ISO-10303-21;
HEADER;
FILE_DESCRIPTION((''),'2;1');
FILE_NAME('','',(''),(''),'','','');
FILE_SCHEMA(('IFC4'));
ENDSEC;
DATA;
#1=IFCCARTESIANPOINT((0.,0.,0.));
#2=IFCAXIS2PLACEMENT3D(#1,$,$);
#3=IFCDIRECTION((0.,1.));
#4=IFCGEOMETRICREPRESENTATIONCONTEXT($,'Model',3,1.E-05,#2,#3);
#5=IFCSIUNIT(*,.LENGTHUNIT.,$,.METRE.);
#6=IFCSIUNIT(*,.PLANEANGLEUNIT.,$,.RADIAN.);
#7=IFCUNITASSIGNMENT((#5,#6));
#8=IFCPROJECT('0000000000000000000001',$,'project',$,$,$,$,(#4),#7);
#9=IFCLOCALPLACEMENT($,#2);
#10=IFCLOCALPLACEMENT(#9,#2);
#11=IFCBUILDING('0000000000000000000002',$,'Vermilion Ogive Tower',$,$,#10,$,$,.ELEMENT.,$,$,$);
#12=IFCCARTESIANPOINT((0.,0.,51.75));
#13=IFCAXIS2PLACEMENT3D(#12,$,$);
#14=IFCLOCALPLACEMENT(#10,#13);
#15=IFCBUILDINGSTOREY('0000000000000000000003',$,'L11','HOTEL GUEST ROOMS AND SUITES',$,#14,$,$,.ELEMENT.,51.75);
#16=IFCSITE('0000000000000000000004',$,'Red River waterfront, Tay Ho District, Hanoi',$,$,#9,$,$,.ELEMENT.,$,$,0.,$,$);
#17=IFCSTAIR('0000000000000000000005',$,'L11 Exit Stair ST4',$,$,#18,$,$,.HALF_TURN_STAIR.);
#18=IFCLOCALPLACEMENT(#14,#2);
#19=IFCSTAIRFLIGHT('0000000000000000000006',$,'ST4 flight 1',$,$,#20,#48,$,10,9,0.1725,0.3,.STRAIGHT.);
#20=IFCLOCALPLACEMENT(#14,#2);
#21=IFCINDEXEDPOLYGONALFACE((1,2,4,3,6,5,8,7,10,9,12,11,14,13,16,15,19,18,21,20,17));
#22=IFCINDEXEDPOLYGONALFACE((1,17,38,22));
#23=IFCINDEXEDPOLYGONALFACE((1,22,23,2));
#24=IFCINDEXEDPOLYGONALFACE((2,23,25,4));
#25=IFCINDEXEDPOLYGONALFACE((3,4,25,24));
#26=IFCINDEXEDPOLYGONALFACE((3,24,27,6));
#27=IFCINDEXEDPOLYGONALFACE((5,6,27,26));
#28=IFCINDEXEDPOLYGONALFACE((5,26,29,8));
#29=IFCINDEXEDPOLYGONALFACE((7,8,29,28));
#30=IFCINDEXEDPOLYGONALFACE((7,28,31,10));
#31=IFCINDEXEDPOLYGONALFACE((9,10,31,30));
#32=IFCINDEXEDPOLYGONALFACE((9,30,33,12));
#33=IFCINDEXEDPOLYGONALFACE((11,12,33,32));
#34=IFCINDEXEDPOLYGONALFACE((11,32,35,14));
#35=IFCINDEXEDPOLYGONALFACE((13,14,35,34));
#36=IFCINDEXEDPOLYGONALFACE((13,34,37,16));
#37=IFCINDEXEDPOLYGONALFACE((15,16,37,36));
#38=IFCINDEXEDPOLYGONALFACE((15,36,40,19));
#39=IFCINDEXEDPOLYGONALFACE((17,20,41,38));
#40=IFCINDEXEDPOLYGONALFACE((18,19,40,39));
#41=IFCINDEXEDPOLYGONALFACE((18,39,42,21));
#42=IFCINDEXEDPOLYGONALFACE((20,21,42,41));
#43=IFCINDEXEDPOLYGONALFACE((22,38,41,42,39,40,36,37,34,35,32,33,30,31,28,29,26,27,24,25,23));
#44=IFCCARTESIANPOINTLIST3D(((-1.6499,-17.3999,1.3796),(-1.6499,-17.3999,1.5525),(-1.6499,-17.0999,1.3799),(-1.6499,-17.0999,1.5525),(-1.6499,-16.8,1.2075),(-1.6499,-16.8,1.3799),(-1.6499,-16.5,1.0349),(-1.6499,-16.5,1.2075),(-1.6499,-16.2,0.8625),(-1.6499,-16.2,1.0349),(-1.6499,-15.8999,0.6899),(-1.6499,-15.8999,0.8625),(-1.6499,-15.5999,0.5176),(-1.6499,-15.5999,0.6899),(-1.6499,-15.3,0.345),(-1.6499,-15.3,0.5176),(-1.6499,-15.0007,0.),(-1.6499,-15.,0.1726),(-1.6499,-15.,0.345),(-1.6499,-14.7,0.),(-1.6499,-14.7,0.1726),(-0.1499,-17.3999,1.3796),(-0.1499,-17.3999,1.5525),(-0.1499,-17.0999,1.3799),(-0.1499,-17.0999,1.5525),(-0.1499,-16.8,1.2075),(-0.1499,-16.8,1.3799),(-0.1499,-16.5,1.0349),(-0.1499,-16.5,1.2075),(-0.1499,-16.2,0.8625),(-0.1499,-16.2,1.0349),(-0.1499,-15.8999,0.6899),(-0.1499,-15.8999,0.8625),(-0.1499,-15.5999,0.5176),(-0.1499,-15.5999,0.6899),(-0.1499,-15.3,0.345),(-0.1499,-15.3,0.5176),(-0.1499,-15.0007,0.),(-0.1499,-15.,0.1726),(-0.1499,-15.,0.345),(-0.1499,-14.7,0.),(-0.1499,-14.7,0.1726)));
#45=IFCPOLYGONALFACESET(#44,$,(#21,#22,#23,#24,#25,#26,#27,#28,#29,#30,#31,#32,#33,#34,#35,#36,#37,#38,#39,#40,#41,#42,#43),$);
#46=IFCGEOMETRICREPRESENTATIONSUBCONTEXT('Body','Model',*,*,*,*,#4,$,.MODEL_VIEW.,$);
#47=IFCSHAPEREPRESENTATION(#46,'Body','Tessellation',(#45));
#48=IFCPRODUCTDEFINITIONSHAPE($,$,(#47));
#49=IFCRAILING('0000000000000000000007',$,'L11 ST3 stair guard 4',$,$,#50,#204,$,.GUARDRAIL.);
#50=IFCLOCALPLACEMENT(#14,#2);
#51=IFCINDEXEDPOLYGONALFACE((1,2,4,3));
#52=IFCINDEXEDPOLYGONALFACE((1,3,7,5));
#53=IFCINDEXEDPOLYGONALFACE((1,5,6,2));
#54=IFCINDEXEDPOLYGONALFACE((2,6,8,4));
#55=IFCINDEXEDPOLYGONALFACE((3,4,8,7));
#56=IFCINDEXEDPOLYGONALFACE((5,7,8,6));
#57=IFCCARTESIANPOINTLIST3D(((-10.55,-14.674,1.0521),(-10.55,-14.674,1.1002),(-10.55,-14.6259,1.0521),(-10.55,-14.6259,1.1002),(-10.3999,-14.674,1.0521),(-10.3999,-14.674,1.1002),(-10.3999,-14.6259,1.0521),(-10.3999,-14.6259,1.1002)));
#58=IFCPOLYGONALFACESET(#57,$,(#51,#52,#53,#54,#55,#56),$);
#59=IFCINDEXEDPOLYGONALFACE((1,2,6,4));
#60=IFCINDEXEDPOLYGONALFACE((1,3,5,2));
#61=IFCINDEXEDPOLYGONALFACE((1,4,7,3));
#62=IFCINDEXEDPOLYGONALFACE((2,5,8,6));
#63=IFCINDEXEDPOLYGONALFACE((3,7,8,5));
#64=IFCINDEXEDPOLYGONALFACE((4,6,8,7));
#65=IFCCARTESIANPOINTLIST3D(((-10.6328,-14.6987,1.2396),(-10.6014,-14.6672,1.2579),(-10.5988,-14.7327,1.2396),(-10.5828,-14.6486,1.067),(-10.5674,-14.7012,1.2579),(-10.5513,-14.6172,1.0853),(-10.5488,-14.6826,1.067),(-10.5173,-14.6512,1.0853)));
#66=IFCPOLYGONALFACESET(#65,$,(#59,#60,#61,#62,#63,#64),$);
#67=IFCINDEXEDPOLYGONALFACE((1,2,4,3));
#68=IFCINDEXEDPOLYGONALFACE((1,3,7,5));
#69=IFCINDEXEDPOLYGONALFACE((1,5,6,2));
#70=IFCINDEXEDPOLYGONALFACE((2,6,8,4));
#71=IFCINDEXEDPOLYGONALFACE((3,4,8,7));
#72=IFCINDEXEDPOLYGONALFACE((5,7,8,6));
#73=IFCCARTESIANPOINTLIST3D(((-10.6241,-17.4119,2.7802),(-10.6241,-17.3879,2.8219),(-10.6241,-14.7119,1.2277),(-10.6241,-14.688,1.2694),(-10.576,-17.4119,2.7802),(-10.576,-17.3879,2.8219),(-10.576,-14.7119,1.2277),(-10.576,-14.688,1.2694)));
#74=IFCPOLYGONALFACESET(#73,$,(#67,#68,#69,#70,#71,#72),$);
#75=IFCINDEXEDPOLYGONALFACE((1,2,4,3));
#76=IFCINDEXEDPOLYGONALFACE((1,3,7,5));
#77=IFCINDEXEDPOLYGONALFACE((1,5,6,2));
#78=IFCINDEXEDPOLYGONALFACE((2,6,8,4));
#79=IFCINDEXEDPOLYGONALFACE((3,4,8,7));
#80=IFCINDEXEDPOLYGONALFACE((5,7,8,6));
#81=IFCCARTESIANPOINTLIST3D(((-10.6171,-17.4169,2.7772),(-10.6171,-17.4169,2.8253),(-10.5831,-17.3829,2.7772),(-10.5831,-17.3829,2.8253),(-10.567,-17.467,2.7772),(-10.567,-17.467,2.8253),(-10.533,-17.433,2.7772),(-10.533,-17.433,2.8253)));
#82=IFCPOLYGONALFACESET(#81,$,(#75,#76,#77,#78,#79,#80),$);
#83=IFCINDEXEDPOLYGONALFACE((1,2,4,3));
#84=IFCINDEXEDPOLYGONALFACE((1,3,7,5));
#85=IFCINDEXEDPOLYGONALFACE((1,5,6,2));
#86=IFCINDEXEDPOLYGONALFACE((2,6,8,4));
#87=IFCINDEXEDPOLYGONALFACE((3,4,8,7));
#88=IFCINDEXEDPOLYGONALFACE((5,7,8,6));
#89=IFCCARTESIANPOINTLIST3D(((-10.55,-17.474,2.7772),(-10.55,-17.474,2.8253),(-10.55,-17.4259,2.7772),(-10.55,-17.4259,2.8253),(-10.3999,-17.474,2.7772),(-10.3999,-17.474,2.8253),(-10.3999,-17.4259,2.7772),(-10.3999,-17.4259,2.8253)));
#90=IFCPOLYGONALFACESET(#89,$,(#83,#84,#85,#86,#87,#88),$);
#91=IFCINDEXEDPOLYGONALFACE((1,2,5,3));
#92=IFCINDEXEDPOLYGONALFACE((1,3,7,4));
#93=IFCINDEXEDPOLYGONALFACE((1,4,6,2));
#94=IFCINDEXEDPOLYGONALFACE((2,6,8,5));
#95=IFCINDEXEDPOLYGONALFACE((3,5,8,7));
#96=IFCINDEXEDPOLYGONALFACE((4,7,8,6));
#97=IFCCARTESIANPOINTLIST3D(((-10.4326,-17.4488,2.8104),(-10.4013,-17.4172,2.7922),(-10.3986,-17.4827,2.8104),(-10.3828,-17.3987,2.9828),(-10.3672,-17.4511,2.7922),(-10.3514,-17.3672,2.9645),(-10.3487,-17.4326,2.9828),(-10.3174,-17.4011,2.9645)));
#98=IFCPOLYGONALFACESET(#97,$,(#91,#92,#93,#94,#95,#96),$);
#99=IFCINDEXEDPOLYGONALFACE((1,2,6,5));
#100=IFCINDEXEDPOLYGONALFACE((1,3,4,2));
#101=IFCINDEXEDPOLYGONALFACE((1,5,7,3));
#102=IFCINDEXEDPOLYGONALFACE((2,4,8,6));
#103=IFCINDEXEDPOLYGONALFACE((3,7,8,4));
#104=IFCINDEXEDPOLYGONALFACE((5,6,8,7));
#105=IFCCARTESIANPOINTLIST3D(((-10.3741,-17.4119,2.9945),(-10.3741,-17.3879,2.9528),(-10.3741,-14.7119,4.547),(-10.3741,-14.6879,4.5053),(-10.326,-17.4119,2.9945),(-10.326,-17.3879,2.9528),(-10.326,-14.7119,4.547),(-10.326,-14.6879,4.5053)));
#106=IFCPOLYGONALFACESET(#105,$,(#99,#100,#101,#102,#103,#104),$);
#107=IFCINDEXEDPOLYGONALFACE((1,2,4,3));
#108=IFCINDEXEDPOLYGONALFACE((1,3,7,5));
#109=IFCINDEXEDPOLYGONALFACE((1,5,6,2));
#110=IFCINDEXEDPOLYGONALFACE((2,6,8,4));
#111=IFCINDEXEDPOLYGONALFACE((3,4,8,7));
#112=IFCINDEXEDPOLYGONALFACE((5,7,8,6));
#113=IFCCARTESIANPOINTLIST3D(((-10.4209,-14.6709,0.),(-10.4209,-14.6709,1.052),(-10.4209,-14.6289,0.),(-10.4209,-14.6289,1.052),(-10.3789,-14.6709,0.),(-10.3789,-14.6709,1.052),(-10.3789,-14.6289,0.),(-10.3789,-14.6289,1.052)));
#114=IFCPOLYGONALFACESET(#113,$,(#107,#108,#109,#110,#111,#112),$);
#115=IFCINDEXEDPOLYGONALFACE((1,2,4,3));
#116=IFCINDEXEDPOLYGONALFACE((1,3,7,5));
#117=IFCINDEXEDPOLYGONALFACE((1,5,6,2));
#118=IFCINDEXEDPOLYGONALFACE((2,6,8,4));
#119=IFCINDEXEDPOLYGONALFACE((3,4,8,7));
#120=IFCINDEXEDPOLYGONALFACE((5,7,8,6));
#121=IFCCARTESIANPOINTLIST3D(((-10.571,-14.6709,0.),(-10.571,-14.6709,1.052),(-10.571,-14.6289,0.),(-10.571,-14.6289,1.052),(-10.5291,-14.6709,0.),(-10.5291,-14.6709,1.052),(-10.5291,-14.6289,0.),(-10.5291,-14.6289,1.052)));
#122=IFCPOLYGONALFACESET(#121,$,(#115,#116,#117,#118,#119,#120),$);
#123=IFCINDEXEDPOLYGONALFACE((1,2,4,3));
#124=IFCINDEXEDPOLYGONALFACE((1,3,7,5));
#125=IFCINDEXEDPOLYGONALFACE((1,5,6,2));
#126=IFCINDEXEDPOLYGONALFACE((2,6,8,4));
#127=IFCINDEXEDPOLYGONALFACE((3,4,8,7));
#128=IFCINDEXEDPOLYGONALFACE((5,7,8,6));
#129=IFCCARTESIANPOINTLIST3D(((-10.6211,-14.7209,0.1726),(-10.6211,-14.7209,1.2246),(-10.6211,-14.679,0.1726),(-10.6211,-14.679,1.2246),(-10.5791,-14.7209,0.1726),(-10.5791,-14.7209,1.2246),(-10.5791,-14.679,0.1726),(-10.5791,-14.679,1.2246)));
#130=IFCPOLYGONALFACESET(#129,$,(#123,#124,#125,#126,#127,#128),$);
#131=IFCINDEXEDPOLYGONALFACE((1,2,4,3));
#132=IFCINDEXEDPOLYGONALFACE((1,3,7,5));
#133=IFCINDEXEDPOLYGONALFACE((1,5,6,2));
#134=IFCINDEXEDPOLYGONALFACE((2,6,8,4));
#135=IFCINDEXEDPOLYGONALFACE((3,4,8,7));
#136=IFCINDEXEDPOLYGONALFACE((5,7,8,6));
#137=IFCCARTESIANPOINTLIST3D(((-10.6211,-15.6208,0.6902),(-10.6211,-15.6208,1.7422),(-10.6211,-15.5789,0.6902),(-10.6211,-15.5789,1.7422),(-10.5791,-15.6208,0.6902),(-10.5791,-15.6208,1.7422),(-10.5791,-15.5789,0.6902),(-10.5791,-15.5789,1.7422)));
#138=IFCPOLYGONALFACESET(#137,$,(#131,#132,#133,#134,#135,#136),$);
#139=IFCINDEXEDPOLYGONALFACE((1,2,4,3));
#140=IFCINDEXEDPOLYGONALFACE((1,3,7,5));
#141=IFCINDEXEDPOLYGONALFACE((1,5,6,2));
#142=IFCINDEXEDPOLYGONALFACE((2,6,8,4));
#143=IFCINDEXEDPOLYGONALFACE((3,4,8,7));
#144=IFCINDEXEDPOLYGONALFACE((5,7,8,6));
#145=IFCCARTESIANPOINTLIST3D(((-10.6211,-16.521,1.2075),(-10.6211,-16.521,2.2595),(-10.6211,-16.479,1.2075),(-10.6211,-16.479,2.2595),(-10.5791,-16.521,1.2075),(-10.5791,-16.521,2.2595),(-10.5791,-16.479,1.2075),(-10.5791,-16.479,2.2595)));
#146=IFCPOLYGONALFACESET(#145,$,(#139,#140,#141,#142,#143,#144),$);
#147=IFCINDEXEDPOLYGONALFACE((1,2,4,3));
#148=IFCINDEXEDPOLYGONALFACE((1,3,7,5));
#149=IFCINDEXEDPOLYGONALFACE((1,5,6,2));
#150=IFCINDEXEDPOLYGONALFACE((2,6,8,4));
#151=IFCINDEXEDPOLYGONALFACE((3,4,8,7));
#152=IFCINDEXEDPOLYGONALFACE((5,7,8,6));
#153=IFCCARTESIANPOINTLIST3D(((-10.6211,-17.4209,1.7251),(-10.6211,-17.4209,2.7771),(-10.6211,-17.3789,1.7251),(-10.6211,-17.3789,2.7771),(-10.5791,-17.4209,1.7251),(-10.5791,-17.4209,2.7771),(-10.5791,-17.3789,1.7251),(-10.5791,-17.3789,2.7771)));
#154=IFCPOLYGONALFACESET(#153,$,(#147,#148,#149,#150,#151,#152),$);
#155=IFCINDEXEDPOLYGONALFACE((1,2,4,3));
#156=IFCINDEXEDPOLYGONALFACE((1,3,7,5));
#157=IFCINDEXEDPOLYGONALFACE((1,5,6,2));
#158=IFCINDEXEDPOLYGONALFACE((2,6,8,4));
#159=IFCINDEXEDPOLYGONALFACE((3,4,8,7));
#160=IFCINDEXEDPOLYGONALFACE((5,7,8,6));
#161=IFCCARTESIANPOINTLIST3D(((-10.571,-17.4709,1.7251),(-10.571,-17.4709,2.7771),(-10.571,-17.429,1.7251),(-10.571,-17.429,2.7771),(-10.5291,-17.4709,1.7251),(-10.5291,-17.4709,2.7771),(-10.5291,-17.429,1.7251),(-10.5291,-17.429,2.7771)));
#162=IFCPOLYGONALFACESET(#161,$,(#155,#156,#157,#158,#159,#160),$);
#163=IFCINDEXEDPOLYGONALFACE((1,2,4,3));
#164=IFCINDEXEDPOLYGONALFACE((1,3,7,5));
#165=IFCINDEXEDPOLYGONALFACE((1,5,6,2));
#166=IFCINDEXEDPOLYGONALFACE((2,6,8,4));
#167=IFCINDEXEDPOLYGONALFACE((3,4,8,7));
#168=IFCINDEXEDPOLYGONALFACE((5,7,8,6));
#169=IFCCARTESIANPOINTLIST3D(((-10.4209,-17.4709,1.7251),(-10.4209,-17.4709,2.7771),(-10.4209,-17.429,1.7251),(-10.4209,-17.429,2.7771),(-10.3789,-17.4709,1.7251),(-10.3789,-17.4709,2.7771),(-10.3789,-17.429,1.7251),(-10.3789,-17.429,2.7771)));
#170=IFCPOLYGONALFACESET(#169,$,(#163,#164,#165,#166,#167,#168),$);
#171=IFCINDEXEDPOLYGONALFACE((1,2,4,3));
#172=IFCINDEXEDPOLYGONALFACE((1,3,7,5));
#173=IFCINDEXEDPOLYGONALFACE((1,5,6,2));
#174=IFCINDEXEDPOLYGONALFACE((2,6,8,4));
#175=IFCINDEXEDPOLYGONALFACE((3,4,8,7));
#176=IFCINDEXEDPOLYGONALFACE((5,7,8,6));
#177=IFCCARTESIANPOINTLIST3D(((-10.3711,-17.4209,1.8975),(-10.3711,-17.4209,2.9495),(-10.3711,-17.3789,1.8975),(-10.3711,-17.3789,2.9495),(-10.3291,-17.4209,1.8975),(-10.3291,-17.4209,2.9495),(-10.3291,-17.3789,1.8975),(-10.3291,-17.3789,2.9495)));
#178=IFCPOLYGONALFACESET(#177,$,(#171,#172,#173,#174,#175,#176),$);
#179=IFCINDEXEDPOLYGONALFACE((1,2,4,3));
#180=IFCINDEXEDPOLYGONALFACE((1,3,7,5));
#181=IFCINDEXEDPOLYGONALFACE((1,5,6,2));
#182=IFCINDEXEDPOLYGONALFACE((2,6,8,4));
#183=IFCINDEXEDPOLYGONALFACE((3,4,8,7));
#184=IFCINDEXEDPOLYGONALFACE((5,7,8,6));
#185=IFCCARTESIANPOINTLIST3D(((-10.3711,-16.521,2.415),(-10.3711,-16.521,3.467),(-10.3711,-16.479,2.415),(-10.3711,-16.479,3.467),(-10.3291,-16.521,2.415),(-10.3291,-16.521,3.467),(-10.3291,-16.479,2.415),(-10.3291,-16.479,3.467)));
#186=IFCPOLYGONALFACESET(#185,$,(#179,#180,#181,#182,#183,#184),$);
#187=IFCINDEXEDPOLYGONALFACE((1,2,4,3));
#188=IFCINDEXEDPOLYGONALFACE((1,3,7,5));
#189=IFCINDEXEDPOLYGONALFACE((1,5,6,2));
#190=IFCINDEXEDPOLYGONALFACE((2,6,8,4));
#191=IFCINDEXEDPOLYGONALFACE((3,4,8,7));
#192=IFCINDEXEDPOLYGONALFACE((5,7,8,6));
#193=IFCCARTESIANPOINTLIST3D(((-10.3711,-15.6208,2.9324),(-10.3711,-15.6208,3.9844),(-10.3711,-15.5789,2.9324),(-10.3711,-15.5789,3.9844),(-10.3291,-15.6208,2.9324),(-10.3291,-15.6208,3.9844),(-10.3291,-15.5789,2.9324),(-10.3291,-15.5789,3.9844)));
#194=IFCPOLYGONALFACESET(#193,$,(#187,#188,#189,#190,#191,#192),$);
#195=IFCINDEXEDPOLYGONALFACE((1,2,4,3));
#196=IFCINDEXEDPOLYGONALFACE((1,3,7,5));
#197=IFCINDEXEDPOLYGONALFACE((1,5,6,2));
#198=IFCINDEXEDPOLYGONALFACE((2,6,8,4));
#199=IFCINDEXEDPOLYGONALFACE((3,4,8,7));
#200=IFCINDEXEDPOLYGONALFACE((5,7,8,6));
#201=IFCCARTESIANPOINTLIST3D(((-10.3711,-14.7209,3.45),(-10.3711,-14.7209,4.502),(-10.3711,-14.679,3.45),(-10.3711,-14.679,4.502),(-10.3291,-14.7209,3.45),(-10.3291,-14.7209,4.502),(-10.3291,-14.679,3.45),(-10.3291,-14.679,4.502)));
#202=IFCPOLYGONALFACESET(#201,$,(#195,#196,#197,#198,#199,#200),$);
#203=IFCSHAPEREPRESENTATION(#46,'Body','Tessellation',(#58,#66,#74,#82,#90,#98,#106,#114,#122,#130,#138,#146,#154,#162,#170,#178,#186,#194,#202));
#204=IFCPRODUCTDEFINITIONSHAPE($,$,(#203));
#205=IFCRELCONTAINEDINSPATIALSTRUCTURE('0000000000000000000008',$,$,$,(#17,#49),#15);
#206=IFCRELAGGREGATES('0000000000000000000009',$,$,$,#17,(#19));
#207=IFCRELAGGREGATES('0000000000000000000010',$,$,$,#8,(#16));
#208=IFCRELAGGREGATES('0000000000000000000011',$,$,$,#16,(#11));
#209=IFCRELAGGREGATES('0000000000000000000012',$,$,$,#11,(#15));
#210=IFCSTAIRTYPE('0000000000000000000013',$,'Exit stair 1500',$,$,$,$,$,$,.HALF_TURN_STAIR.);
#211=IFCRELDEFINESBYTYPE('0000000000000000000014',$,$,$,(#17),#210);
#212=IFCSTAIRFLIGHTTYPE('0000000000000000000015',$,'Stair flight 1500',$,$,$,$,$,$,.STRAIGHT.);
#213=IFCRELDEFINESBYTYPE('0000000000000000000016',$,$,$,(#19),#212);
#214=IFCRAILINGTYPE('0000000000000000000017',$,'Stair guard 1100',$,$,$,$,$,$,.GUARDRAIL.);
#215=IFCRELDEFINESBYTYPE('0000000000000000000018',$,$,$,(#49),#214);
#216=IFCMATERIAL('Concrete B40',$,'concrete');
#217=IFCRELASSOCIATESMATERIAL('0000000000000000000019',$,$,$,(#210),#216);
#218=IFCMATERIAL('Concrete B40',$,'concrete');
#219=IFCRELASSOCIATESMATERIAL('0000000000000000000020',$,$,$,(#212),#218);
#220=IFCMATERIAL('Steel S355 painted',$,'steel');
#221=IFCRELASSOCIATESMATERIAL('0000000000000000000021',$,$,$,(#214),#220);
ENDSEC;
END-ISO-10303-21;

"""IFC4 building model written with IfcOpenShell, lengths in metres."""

from ifc_helpers import new_model, si_unit, direction, frame, origin, origin_2d, place, context, subcontext, project, spatial, polyline, rectangle, outline, extrude, material, type_object, element, aggregate, save


model = new_model("IFC4")

# Units and contexts
model_context = context("Model", 3, precision=1e-05, world=origin(), true_north=direction((0.0, 1.0)))
body_context = subcontext(model_context, "Body", "Model", "MODEL_VIEW")
ifc_project = project(units=[si_unit("LENGTHUNIT", "METRE"), si_unit("PLANEANGLEUNIT", "RADIAN")], contexts=[model_context])

# Site, building, storey
site_placement = place(None, origin())
site = spatial("IfcSite", under=ifc_project, at=site_placement, Name="Red River waterfront, Tay Ho District, Hanoi", CompositionType="ELEMENT", RefElevation=0.0)
building_placement = place(site_placement, origin())
building = spatial("IfcBuilding", under=site, at=building_placement, Name="Vermilion Ogive Tower", CompositionType="ELEMENT")
storey_placement = place(building_placement, frame((0.0, 0.0, 51.75)))
storey = spatial("IfcBuildingStorey", under=building, at=storey_placement, Name="L11", Description="HOTEL GUEST ROOMS AND SUITES", CompositionType="ELEMENT", Elevation=51.75)

# Shared definitions
ifc_material_1 = material(Name="Concrete B40", Category="concrete")
stair_type = type_object("IfcStairType", Name="Exit stair 1500", PredefinedType="HALF_TURN_STAIR", material=ifc_material_1)
ifc_material_2 = material(Name="Concrete B40", Category="concrete")
stair_flight_type = type_object("IfcStairFlightType", Name="Stair flight 1500", PredefinedType="STRAIGHT", material=ifc_material_2)

# Stair, stair flight
stair_1_placement = place(storey_placement, origin())
stair_1 = element("IfcStair", 1, at=stair_1_placement, inside=storey, type_object=stair_type, Name="L11 Exit Stair ST4", PredefinedType="HALF_TURN_STAIR")
stair_flight_1_placement = place(storey_placement, frame((-0.8999, -14.7, 0.0), z_axis=(0.0, 0.0, 1.0), x_axis=(0.0, -1.0, 0.0)))
stair_flight_1 = element("IfcStairFlight", 2, at=stair_flight_1_placement, type_object=stair_flight_type, Name="ST4 flight 1", NumberOfRisers=10, NumberOfTreads=9, PredefinedType="STRAIGHT", RiserHeight=0.1725, TreadLength=0.3, context=body_context, shape_type="SweptSolid", body=[
    extrude(outline(polyline([(0.0, 0.0), (0.0, 0.1726), (0.3, 0.1726), (0.3, 0.345), (0.6001, 0.345), (0.6001, 0.5176), (0.8999, 0.5176), (0.8999, 0.6899), (1.2, 0.6899), (1.2, 0.8625), (1.5, 0.8625), (1.5, 1.0349), (1.8, 1.0349), (1.8, 1.2075), (2.1001, 1.2075), (2.1001, 1.3799), (2.3999, 1.3799), (2.3999, 1.5525), (2.7, 1.5525), (2.7, 1.7251), (2.7, 1.3796), (0.3008, 0.0), (0.0, 0.0)])), frame((0.0, 0.75, 0.0), z_axis=(0.0, -1.0, 0.0), x_axis=(1.0, 0.0, 0.0)), (0.0, 0.0, 1.0), 1.5),
])
aggregate(stair_1, [stair_flight_1])

# Railing
ifc_material_3 = material(Name="Steel S355 painted", Category="steel")
railing_type_1 = type_object("IfcRailingType", Name="Stair guard 1100", PredefinedType="GUARDRAIL", material=ifc_material_3)
railing_1_placement = place(storey_placement, frame((-10.3999, -14.6499, 0.0)))
element("IfcRailing", 3, at=railing_1_placement, inside=storey, type_object=railing_type_1, Name="L11 ST3 stair guard 4", PredefinedType="GUARDRAIL", context=body_context, shape_type="SweptSolid", body=[
    extrude(rectangle(XDim=0.0481, YDim=0.0481, at=origin_2d()), frame((0.0, 0.0, 1.0762), z_axis=(-1.0, 0.0, 0.0), x_axis=(0.0, -1.0, 0.0)), (0.0, 0.0, 1.0), 0.1501),
    extrude(rectangle(XDim=0.0481, YDim=0.0481, at=origin_2d()), frame((-0.1501, 0.0, 1.0762), z_axis=(-0.268278, -0.268278, 0.925232), x_axis=(0.707107, -0.707107, 0.0)), (0.0, 0.0, 1.0), 0.1865),
    extrude(rectangle(XDim=0.0481, YDim=0.0481, at=origin_2d()), frame((-0.2002, -0.05, 1.2485), z_axis=(0.0, -0.866904, 0.498476), x_axis=(1.0, 0.0, 0.0)), (0.0, 0.0, 1.0), 3.1145),
    extrude(rectangle(XDim=0.0481, YDim=0.0481, at=origin_2d()), frame((-0.2002, -2.75, 2.8013), z_axis=(0.707107, -0.707107, 0.0), x_axis=(0.707107, 0.707107, 0.0)), (0.0, 0.0, 1.0), 0.0708),
    extrude(rectangle(XDim=0.0481, YDim=0.0481, at=origin_2d()), frame((-0.1501, -2.8, 2.8013), z_axis=(1.0, 0.0, 0.0), x_axis=(0.0, 1.0, 0.0)), (0.0, 0.0, 1.0), 0.1501),
    extrude(rectangle(XDim=0.0481, YDim=0.0481, at=origin_2d()), frame((0.0, -2.8, 2.8013), z_axis=(0.267387, 0.268698, 0.925368), x_axis=(-0.708834, 0.705376, 0.0)), (0.0, 0.0, 1.0), 0.1863),
    extrude(rectangle(XDim=0.0481, YDim=0.0481, at=origin_2d()), frame((0.0498, -2.75, 2.9736), z_axis=(0.0, 0.866904, 0.498476), x_axis=(-1.0, 0.0, 0.0)), (0.0, 0.0, 1.0), 3.1145),
    extrude(rectangle(XDim=0.042, YDim=0.042, at=origin_2d()), origin(), (0.0, 0.0, 1.0), 1.052),
    extrude(rectangle(XDim=0.042, YDim=0.042, at=origin_2d()), frame((-0.1501, 0.0, 0.0)), (0.0, 0.0, 1.0), 1.052),
    extrude(rectangle(XDim=0.042, YDim=0.042, at=origin_2d()), frame((-0.2002, -0.05, 0.1726)), (0.0, 0.0, 1.0), 1.052),
    extrude(rectangle(XDim=0.042, YDim=0.042, at=origin_2d()), frame((-0.2002, -0.95, 0.6902)), (0.0, 0.0, 1.0), 1.052),
    extrude(rectangle(XDim=0.042, YDim=0.042, at=origin_2d()), frame((-0.2002, -1.8501, 1.2075)), (0.0, 0.0, 1.0), 1.052),
    extrude(rectangle(XDim=0.042, YDim=0.042, at=origin_2d()), frame((-0.2002, -2.75, 1.7251)), (0.0, 0.0, 1.0), 1.052),
    extrude(rectangle(XDim=0.042, YDim=0.042, at=origin_2d()), frame((-0.1501, -2.8, 1.7251)), (0.0, 0.0, 1.0), 1.052),
    extrude(rectangle(XDim=0.042, YDim=0.042, at=origin_2d()), frame((0.0, -2.8, 1.7251)), (0.0, 0.0, 1.0), 1.052),
    extrude(rectangle(XDim=0.042, YDim=0.042, at=origin_2d()), frame((0.0498, -2.75, 1.8975)), (0.0, 0.0, 1.0), 1.052),
    extrude(rectangle(XDim=0.042, YDim=0.042, at=origin_2d()), frame((0.0498, -1.8501, 2.415)), (0.0, 0.0, 1.0), 1.052),
    extrude(rectangle(XDim=0.042, YDim=0.042, at=origin_2d()), frame((0.0498, -0.95, 2.9324)), (0.0, 0.0, 1.0), 1.052),
    extrude(rectangle(XDim=0.042, YDim=0.042, at=origin_2d()), frame((0.0498, -0.05, 3.45)), (0.0, 0.0, 1.0), 1.052),
])

save(model, "model.ifc")
